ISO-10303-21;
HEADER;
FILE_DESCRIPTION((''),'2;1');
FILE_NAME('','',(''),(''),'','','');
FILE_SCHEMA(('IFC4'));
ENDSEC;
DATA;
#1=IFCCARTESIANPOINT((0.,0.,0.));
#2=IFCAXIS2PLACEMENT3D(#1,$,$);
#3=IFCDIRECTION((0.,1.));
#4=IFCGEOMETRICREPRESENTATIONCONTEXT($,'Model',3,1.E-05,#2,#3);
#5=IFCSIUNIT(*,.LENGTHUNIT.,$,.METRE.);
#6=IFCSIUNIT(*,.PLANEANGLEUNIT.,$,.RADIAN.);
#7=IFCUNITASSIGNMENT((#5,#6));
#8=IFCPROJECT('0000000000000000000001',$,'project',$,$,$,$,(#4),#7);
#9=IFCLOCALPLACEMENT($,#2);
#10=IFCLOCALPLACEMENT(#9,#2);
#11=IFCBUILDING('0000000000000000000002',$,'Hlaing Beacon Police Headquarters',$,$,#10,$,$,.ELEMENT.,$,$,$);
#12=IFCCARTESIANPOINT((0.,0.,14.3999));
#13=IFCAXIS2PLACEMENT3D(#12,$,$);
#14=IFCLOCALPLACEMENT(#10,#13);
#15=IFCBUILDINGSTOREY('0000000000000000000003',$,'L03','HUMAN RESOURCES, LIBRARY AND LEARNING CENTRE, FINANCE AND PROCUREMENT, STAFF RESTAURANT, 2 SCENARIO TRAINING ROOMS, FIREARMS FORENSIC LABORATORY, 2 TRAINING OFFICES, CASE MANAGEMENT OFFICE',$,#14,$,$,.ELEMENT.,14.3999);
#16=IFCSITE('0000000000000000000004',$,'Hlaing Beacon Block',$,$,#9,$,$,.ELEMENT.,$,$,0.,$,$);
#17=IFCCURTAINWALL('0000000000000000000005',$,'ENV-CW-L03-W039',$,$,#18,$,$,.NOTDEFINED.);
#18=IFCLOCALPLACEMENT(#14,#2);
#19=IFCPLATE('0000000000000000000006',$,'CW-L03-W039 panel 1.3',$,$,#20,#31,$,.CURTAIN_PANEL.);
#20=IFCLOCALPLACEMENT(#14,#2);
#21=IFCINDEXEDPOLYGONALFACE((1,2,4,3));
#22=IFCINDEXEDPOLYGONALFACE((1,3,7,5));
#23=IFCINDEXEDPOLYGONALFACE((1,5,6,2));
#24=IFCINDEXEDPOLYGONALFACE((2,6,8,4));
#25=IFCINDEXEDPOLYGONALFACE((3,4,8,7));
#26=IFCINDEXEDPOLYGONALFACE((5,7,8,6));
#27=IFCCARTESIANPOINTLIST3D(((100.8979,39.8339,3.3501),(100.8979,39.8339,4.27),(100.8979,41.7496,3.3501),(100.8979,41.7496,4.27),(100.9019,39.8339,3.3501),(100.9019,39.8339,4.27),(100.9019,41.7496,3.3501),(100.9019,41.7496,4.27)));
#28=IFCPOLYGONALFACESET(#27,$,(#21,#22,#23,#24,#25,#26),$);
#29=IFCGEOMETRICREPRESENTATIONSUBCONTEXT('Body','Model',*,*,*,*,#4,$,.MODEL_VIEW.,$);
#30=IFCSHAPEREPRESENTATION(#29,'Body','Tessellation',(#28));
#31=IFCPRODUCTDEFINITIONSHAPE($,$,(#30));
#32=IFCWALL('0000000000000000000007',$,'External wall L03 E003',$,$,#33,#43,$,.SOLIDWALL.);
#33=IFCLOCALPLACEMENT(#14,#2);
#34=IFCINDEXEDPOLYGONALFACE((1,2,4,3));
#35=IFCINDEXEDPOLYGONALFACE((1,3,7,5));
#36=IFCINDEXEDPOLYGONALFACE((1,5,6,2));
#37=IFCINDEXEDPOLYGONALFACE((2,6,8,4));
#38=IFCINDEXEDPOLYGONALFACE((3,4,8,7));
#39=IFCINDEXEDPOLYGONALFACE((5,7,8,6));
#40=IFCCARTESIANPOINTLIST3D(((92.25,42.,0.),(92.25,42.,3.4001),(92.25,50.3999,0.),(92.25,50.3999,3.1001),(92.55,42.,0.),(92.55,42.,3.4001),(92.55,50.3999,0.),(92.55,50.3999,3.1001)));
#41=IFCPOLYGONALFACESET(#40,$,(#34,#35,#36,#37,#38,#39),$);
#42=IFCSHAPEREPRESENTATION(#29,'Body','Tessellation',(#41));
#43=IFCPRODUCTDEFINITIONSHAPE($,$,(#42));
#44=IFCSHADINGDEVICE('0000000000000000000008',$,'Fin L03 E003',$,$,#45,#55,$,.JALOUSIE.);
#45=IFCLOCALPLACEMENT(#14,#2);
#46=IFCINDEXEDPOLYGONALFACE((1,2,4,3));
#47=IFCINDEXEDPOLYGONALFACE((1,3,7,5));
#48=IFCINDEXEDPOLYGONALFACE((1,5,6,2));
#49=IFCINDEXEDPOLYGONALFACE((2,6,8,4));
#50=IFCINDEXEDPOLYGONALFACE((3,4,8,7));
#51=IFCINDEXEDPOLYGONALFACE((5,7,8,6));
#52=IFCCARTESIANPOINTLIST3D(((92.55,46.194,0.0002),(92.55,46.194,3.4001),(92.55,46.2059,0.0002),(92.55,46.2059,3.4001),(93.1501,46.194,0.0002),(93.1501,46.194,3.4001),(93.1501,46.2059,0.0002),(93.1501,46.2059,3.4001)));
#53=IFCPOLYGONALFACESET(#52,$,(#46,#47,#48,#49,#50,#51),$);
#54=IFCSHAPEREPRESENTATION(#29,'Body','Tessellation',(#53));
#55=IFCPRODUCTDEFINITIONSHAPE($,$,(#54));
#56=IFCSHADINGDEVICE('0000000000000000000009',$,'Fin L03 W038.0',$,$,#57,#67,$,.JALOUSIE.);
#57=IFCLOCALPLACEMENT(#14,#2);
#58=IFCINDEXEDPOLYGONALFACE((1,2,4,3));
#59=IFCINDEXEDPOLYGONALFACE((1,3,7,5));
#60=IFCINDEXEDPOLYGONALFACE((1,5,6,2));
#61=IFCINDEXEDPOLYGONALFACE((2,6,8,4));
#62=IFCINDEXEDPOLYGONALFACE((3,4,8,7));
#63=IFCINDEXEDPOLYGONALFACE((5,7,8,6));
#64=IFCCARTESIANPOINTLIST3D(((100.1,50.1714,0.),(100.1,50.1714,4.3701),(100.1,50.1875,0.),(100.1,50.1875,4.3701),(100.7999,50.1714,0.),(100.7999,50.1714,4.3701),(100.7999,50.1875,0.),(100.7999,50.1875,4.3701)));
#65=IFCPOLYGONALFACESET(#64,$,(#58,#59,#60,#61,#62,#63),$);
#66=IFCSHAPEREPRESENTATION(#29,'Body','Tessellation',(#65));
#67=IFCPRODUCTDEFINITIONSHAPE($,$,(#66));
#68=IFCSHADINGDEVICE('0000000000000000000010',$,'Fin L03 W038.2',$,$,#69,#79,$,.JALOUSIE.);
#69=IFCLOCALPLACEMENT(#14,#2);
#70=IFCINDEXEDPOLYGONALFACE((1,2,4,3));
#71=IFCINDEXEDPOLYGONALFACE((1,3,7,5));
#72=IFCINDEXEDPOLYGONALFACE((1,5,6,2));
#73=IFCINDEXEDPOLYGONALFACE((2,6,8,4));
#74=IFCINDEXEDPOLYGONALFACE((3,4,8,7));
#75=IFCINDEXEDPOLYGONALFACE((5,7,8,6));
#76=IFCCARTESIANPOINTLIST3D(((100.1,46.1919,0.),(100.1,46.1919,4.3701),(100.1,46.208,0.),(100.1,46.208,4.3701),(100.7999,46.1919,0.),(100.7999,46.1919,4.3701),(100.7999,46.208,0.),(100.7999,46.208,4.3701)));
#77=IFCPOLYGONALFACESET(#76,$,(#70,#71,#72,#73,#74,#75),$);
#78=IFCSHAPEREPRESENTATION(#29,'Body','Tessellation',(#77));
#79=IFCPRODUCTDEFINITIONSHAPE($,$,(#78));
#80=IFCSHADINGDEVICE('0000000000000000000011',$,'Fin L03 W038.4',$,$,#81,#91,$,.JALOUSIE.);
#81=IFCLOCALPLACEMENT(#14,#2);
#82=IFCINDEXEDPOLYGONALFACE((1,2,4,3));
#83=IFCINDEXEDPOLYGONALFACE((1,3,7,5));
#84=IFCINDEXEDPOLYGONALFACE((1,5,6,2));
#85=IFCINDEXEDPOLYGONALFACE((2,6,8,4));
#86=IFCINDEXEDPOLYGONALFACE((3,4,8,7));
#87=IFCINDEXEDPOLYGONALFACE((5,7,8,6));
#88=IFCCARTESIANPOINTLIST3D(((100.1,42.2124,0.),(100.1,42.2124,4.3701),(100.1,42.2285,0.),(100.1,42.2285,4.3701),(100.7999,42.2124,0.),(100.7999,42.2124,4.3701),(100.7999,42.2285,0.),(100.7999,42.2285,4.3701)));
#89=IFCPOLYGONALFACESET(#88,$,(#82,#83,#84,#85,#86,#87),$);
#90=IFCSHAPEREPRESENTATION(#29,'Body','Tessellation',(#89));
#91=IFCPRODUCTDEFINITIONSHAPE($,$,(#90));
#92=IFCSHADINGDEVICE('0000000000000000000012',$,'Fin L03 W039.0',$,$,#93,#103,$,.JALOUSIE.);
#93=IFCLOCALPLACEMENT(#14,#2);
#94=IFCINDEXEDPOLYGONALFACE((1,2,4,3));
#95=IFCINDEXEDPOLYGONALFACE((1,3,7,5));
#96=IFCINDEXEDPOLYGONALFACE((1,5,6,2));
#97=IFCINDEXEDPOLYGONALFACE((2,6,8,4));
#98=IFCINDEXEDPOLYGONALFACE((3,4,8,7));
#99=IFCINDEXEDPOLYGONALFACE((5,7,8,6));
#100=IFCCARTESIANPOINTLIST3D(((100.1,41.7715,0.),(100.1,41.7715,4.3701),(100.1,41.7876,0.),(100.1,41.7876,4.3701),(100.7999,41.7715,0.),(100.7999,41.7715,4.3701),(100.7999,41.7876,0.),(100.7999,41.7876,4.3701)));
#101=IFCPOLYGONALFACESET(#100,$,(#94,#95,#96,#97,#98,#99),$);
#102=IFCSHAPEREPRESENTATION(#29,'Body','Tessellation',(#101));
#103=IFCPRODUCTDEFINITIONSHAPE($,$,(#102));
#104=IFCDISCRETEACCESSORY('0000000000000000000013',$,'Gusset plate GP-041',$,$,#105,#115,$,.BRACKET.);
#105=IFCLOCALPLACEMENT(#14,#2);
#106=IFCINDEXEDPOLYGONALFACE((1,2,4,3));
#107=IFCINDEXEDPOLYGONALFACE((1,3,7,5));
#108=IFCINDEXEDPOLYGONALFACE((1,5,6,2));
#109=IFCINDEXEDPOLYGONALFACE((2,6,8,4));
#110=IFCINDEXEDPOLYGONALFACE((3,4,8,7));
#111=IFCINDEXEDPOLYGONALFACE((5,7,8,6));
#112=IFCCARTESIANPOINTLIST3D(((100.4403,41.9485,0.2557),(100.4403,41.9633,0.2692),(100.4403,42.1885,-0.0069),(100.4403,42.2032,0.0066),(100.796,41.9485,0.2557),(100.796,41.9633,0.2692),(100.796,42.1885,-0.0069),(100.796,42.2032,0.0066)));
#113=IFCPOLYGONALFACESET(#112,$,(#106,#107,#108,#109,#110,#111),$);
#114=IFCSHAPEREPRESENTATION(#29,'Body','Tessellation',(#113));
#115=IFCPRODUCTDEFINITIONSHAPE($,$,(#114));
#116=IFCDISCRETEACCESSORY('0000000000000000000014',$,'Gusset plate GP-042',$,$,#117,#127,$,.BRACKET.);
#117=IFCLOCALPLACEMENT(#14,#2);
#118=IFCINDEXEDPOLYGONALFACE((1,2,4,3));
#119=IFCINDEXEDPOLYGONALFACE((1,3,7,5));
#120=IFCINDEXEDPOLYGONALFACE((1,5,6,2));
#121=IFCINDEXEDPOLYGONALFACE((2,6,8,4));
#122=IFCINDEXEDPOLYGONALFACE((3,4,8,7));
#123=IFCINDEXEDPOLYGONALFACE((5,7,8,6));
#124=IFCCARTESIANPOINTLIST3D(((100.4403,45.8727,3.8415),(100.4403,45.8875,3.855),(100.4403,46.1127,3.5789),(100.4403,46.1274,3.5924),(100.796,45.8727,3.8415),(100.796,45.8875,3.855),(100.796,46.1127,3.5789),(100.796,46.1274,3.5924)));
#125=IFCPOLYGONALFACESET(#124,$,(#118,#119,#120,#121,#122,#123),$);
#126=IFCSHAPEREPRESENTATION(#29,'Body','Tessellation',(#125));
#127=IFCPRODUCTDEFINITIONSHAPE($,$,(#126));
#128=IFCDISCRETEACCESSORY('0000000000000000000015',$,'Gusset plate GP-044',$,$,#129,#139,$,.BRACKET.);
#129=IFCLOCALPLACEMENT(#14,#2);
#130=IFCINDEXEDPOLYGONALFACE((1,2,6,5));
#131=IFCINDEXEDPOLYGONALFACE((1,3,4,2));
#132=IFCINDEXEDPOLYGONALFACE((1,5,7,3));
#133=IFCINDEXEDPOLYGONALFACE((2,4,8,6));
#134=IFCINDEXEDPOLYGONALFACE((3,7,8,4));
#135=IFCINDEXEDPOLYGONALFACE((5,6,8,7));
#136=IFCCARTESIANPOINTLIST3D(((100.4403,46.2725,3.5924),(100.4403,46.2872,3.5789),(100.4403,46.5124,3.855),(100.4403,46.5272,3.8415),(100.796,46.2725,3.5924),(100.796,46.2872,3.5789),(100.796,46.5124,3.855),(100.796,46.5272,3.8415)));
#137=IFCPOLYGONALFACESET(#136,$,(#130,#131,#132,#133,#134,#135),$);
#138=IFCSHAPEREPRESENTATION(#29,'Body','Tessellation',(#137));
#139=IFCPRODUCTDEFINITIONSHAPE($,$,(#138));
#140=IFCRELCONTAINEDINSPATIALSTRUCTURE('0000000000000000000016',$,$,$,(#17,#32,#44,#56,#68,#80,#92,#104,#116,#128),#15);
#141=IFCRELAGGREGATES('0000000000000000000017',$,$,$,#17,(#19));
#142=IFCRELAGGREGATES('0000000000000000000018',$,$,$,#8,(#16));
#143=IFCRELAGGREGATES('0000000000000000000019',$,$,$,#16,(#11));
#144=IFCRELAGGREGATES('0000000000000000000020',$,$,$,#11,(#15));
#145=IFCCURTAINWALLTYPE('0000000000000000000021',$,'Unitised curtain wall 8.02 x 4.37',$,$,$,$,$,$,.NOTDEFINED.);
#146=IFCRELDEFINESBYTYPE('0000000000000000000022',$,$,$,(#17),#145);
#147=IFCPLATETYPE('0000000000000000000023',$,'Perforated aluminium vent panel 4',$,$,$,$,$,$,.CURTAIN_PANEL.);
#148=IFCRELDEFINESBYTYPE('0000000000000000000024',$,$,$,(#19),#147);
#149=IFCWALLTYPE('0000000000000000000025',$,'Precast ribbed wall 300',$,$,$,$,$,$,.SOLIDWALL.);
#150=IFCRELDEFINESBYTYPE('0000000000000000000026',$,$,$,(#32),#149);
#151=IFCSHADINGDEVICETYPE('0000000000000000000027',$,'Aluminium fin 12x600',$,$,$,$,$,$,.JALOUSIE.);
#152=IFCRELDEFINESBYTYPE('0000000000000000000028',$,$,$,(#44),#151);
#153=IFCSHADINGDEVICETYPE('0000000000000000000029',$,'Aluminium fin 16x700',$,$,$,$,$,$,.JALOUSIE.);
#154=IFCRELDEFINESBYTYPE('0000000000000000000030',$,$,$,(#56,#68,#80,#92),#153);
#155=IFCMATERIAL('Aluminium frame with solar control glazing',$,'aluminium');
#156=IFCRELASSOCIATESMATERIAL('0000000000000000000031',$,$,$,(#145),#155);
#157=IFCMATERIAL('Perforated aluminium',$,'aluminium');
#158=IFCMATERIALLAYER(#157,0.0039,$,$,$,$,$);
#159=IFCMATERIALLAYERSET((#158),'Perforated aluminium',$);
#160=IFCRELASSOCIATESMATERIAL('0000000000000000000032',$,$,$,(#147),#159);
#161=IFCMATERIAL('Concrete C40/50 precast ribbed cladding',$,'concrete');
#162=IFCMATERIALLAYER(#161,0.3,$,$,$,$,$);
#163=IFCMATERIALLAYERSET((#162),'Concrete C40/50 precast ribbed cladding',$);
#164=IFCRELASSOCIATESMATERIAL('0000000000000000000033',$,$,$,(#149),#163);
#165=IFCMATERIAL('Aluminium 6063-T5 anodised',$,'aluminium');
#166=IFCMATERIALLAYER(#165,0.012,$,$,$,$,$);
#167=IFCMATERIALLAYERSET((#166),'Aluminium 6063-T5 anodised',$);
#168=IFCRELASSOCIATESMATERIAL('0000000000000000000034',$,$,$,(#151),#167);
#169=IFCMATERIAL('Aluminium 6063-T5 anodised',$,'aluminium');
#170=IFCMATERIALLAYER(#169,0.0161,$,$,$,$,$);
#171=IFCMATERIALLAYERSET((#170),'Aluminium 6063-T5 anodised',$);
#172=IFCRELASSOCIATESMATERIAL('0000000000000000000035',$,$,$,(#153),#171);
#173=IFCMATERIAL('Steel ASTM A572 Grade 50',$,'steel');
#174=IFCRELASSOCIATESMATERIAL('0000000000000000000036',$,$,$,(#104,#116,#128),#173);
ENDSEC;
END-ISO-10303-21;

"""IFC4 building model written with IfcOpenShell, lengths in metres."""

from ifc_helpers import new_model, si_unit, direction, frame, origin, origin_2d, place, context, subcontext, project, spatial, polyline, rectangle, outline, extrude, material, layer, layer_set, type_object, element, aggregate, save


model = new_model("IFC4")

# Units and contexts
model_context = context("Model", 3, precision=1e-05, world=origin(), true_north=direction((0.0, 1.0)))
body_context = subcontext(model_context, "Body", "Model", "MODEL_VIEW")
ifc_project = project(units=[si_unit("LENGTHUNIT", "METRE"), si_unit("PLANEANGLEUNIT", "RADIAN")], contexts=[model_context])

# Site, building, storey
site_placement = place(None, origin())
site = spatial("IfcSite", under=ifc_project, at=site_placement, Name="Hlaing Beacon Block", CompositionType="ELEMENT", RefElevation=0.0)
building_placement = place(site_placement, origin())
building = spatial("IfcBuilding", under=site, at=building_placement, Name="Hlaing Beacon Police Headquarters", CompositionType="ELEMENT")
storey_placement = place(building_placement, frame((0.0, 0.0, 14.3999)))
storey = spatial("IfcBuildingStorey", under=building, at=storey_placement, Name="L03", Description="HUMAN RESOURCES, LIBRARY AND LEARNING CENTRE, FINANCE AND PROCUREMENT, STAFF RESTAURANT, 2 SCENARIO TRAINING ROOMS, FIREARMS FORENSIC LABORATORY, 2 TRAINING OFFICES, CASE MANAGEMENT OFFICE", CompositionType="ELEMENT", Elevation=14.3999)

# Shared definitions
ifc_material_1 = material(Name="Aluminium frame with solar control glazing", Category="aluminium")
curtain_wall_type = type_object("IfcCurtainWallType", Name="Unitised curtain wall 8.02 x 4.37", PredefinedType="NOTDEFINED", material=ifc_material_1)

# Curtain wall
curtain_wall_1_placement = place(storey_placement, origin())
curtain_wall_1 = element("IfcCurtainWall", 1, at=curtain_wall_1_placement, inside=storey, type_object=curtain_wall_type, Name="ENV-CW-L03-W039", PredefinedType="NOTDEFINED")

# Plate
ifc_material_2 = material(Name="Perforated aluminium", Category="aluminium")
ifc_layer_1 = layer(ifc_material_2, 0.0039)
ifc_layer_set_1 = layer_set([ifc_layer_1], Name="Perforated aluminium")
plate_type_1 = type_object("IfcPlateType", Name="Perforated aluminium vent panel 4", PredefinedType="CURTAIN_PANEL", material=ifc_layer_set_1)
plate_1_placement = place(storey_placement, frame((100.8999, 40.7917, 3.3501), z_axis=(0.0, 0.0, 1.0), x_axis=(0.0, -1.0, 0.0)))
plate_1 = element("IfcPlate", 2, at=plate_1_placement, type_object=plate_type_1, Name="CW-L03-W039 panel 1.3", PredefinedType="CURTAIN_PANEL", context=body_context, shape_type="SweptSolid", body=[
    extrude(rectangle(XDim=1.9158, YDim=0.0039, at=origin_2d()), origin(), (0.0, 0.0, 1.0), 0.9199),
])
aggregate(curtain_wall_1, [plate_1])

# Wall
ifc_material_3 = material(Name="Concrete C40/50 precast ribbed cladding", Category="concrete")
ifc_layer_2 = layer(ifc_material_3, 0.3)
ifc_layer_set_2 = layer_set([ifc_layer_2], Name="Concrete C40/50 precast ribbed cladding")
wall_type = type_object("IfcWallType", Name="Precast ribbed wall 300", PredefinedType="SOLIDWALL", material=ifc_layer_set_2)
wall_placement = place(storey_placement, frame((92.3999, 42.0, 0.0), z_axis=(0.0, 0.0, 1.0), x_axis=(0.0, 1.0, 0.0)))
element("IfcWall", 3, at=wall_placement, inside=storey, type_object=wall_type, Name="External wall L03 E003", PredefinedType="SOLIDWALL", context=body_context, shape_type="SweptSolid", body=[
    extrude(outline(polyline([(0.0, 0.0), (8.3999, 0.0), (8.3999, 3.1001), (0.0, 3.4001), (0.0, 0.0)])), frame((0.0, 0.1499, 0.0), z_axis=(0.0, -1.0, 0.0), x_axis=(1.0, 0.0, 0.0)), (0.0, 0.0, 1.0), 0.3),
])

# Shading devices
ifc_material_4 = material(Name="Aluminium 6063-T5 anodised", Category="aluminium")
ifc_layer_3 = layer(ifc_material_4, 0.012)
ifc_layer_set_3 = layer_set([ifc_layer_3], Name="Aluminium 6063-T5 anodised")
shading_device_type_1 = type_object("IfcShadingDeviceType", Name="Aluminium fin 12x600", PredefinedType="JALOUSIE", material=ifc_layer_set_3)
shading_device_placement = place(storey_placement, frame((92.8501, 46.2, 0.0002), z_axis=(0.0, 0.0, 1.0), x_axis=(0.0, 1.0, 0.0)))
element("IfcShadingDevice", 4, at=shading_device_placement, inside=storey, type_object=shading_device_type_1, Name="Fin L03 E003", PredefinedType="JALOUSIE", context=body_context, shape_type="SweptSolid", body=[
    extrude(rectangle(XDim=0.012, YDim=0.6001, at=origin_2d()), origin(), (0.0, 0.0, 1.0), 3.3999),
])
ifc_material_5 = material(Name="Aluminium 6063-T5 anodised", Category="aluminium")
ifc_layer_4 = layer(ifc_material_5, 0.0161)
ifc_layer_set_4 = layer_set([ifc_layer_4], Name="Aluminium 6063-T5 anodised")
shading_device_type_2 = type_object("IfcShadingDeviceType", Name="Aluminium fin 16x700", PredefinedType="JALOUSIE", material=ifc_layer_set_4)
for number, where, z_axis, x_axis, name in (
    (5, (100.45, 50.1794, 0.0), (0.0, 0.0, 1.0), (0.0, -1.0, 0.0), "Fin L03 W038.0"),
    (6, (100.45, 46.2, 0.0), (0.0, 0.0, 1.0), (0.0, -1.0, 0.0), "Fin L03 W038.2"),
    (7, (100.45, 42.2205, 0.0), (0.0, 0.0, 1.0), (0.0, -1.0, 0.0), "Fin L03 W038.4"),
    (8, (100.45, 41.7795, 0.0), (0.0, 0.0, 1.0), (0.0, -1.0, 0.0), "Fin L03 W039.0"),
):
    element("IfcShadingDevice", number, at=place(storey_placement, frame(where, z_axis=z_axis, x_axis=x_axis)), inside=storey, type_object=shading_device_type_2, Name=name, PredefinedType="JALOUSIE", context=body_context, shape_type="SweptSolid", body=[
        extrude(rectangle(XDim=0.0161, YDim=0.7, at=origin_2d()), origin(), (0.0, 0.0, 1.0), 4.3701),
    ])

# Discrete accessories
ifc_material_6 = material(Name="Steel ASTM A572 Grade 50", Category="steel")
for number, where, z_axis, x_axis, name in (
    (9, (100.6182, 42.0833, 0.1379), (0.0, -0.738196, -0.674586), (1.0, 0.0, 0.0), "Gusset plate GP-041"),
    (10, (100.6182, 45.9927, 3.7102), (0.0, 0.738196, 0.674586), (-1.0, 0.0, 0.0), "Gusset plate GP-042"),
    (11, (100.6182, 46.4072, 3.7102), (0.0, -0.738196, 0.674586), (1.0, 0.0, 0.0), "Gusset plate GP-044"),
):
    element("IfcDiscreteAccessory", number, at=place(storey_placement, frame(where, z_axis=z_axis, x_axis=x_axis)), inside=storey, material=ifc_material_6, Name=name, PredefinedType="BRACKET", context=body_context, shape_type="SweptSolid", body=[
        extrude(rectangle(XDim=0.3557, YDim=0.3557, at=origin_2d()), origin(), (0.0, 0.0, 1.0), 0.02),
    ])

save(model, "model.ifc")
